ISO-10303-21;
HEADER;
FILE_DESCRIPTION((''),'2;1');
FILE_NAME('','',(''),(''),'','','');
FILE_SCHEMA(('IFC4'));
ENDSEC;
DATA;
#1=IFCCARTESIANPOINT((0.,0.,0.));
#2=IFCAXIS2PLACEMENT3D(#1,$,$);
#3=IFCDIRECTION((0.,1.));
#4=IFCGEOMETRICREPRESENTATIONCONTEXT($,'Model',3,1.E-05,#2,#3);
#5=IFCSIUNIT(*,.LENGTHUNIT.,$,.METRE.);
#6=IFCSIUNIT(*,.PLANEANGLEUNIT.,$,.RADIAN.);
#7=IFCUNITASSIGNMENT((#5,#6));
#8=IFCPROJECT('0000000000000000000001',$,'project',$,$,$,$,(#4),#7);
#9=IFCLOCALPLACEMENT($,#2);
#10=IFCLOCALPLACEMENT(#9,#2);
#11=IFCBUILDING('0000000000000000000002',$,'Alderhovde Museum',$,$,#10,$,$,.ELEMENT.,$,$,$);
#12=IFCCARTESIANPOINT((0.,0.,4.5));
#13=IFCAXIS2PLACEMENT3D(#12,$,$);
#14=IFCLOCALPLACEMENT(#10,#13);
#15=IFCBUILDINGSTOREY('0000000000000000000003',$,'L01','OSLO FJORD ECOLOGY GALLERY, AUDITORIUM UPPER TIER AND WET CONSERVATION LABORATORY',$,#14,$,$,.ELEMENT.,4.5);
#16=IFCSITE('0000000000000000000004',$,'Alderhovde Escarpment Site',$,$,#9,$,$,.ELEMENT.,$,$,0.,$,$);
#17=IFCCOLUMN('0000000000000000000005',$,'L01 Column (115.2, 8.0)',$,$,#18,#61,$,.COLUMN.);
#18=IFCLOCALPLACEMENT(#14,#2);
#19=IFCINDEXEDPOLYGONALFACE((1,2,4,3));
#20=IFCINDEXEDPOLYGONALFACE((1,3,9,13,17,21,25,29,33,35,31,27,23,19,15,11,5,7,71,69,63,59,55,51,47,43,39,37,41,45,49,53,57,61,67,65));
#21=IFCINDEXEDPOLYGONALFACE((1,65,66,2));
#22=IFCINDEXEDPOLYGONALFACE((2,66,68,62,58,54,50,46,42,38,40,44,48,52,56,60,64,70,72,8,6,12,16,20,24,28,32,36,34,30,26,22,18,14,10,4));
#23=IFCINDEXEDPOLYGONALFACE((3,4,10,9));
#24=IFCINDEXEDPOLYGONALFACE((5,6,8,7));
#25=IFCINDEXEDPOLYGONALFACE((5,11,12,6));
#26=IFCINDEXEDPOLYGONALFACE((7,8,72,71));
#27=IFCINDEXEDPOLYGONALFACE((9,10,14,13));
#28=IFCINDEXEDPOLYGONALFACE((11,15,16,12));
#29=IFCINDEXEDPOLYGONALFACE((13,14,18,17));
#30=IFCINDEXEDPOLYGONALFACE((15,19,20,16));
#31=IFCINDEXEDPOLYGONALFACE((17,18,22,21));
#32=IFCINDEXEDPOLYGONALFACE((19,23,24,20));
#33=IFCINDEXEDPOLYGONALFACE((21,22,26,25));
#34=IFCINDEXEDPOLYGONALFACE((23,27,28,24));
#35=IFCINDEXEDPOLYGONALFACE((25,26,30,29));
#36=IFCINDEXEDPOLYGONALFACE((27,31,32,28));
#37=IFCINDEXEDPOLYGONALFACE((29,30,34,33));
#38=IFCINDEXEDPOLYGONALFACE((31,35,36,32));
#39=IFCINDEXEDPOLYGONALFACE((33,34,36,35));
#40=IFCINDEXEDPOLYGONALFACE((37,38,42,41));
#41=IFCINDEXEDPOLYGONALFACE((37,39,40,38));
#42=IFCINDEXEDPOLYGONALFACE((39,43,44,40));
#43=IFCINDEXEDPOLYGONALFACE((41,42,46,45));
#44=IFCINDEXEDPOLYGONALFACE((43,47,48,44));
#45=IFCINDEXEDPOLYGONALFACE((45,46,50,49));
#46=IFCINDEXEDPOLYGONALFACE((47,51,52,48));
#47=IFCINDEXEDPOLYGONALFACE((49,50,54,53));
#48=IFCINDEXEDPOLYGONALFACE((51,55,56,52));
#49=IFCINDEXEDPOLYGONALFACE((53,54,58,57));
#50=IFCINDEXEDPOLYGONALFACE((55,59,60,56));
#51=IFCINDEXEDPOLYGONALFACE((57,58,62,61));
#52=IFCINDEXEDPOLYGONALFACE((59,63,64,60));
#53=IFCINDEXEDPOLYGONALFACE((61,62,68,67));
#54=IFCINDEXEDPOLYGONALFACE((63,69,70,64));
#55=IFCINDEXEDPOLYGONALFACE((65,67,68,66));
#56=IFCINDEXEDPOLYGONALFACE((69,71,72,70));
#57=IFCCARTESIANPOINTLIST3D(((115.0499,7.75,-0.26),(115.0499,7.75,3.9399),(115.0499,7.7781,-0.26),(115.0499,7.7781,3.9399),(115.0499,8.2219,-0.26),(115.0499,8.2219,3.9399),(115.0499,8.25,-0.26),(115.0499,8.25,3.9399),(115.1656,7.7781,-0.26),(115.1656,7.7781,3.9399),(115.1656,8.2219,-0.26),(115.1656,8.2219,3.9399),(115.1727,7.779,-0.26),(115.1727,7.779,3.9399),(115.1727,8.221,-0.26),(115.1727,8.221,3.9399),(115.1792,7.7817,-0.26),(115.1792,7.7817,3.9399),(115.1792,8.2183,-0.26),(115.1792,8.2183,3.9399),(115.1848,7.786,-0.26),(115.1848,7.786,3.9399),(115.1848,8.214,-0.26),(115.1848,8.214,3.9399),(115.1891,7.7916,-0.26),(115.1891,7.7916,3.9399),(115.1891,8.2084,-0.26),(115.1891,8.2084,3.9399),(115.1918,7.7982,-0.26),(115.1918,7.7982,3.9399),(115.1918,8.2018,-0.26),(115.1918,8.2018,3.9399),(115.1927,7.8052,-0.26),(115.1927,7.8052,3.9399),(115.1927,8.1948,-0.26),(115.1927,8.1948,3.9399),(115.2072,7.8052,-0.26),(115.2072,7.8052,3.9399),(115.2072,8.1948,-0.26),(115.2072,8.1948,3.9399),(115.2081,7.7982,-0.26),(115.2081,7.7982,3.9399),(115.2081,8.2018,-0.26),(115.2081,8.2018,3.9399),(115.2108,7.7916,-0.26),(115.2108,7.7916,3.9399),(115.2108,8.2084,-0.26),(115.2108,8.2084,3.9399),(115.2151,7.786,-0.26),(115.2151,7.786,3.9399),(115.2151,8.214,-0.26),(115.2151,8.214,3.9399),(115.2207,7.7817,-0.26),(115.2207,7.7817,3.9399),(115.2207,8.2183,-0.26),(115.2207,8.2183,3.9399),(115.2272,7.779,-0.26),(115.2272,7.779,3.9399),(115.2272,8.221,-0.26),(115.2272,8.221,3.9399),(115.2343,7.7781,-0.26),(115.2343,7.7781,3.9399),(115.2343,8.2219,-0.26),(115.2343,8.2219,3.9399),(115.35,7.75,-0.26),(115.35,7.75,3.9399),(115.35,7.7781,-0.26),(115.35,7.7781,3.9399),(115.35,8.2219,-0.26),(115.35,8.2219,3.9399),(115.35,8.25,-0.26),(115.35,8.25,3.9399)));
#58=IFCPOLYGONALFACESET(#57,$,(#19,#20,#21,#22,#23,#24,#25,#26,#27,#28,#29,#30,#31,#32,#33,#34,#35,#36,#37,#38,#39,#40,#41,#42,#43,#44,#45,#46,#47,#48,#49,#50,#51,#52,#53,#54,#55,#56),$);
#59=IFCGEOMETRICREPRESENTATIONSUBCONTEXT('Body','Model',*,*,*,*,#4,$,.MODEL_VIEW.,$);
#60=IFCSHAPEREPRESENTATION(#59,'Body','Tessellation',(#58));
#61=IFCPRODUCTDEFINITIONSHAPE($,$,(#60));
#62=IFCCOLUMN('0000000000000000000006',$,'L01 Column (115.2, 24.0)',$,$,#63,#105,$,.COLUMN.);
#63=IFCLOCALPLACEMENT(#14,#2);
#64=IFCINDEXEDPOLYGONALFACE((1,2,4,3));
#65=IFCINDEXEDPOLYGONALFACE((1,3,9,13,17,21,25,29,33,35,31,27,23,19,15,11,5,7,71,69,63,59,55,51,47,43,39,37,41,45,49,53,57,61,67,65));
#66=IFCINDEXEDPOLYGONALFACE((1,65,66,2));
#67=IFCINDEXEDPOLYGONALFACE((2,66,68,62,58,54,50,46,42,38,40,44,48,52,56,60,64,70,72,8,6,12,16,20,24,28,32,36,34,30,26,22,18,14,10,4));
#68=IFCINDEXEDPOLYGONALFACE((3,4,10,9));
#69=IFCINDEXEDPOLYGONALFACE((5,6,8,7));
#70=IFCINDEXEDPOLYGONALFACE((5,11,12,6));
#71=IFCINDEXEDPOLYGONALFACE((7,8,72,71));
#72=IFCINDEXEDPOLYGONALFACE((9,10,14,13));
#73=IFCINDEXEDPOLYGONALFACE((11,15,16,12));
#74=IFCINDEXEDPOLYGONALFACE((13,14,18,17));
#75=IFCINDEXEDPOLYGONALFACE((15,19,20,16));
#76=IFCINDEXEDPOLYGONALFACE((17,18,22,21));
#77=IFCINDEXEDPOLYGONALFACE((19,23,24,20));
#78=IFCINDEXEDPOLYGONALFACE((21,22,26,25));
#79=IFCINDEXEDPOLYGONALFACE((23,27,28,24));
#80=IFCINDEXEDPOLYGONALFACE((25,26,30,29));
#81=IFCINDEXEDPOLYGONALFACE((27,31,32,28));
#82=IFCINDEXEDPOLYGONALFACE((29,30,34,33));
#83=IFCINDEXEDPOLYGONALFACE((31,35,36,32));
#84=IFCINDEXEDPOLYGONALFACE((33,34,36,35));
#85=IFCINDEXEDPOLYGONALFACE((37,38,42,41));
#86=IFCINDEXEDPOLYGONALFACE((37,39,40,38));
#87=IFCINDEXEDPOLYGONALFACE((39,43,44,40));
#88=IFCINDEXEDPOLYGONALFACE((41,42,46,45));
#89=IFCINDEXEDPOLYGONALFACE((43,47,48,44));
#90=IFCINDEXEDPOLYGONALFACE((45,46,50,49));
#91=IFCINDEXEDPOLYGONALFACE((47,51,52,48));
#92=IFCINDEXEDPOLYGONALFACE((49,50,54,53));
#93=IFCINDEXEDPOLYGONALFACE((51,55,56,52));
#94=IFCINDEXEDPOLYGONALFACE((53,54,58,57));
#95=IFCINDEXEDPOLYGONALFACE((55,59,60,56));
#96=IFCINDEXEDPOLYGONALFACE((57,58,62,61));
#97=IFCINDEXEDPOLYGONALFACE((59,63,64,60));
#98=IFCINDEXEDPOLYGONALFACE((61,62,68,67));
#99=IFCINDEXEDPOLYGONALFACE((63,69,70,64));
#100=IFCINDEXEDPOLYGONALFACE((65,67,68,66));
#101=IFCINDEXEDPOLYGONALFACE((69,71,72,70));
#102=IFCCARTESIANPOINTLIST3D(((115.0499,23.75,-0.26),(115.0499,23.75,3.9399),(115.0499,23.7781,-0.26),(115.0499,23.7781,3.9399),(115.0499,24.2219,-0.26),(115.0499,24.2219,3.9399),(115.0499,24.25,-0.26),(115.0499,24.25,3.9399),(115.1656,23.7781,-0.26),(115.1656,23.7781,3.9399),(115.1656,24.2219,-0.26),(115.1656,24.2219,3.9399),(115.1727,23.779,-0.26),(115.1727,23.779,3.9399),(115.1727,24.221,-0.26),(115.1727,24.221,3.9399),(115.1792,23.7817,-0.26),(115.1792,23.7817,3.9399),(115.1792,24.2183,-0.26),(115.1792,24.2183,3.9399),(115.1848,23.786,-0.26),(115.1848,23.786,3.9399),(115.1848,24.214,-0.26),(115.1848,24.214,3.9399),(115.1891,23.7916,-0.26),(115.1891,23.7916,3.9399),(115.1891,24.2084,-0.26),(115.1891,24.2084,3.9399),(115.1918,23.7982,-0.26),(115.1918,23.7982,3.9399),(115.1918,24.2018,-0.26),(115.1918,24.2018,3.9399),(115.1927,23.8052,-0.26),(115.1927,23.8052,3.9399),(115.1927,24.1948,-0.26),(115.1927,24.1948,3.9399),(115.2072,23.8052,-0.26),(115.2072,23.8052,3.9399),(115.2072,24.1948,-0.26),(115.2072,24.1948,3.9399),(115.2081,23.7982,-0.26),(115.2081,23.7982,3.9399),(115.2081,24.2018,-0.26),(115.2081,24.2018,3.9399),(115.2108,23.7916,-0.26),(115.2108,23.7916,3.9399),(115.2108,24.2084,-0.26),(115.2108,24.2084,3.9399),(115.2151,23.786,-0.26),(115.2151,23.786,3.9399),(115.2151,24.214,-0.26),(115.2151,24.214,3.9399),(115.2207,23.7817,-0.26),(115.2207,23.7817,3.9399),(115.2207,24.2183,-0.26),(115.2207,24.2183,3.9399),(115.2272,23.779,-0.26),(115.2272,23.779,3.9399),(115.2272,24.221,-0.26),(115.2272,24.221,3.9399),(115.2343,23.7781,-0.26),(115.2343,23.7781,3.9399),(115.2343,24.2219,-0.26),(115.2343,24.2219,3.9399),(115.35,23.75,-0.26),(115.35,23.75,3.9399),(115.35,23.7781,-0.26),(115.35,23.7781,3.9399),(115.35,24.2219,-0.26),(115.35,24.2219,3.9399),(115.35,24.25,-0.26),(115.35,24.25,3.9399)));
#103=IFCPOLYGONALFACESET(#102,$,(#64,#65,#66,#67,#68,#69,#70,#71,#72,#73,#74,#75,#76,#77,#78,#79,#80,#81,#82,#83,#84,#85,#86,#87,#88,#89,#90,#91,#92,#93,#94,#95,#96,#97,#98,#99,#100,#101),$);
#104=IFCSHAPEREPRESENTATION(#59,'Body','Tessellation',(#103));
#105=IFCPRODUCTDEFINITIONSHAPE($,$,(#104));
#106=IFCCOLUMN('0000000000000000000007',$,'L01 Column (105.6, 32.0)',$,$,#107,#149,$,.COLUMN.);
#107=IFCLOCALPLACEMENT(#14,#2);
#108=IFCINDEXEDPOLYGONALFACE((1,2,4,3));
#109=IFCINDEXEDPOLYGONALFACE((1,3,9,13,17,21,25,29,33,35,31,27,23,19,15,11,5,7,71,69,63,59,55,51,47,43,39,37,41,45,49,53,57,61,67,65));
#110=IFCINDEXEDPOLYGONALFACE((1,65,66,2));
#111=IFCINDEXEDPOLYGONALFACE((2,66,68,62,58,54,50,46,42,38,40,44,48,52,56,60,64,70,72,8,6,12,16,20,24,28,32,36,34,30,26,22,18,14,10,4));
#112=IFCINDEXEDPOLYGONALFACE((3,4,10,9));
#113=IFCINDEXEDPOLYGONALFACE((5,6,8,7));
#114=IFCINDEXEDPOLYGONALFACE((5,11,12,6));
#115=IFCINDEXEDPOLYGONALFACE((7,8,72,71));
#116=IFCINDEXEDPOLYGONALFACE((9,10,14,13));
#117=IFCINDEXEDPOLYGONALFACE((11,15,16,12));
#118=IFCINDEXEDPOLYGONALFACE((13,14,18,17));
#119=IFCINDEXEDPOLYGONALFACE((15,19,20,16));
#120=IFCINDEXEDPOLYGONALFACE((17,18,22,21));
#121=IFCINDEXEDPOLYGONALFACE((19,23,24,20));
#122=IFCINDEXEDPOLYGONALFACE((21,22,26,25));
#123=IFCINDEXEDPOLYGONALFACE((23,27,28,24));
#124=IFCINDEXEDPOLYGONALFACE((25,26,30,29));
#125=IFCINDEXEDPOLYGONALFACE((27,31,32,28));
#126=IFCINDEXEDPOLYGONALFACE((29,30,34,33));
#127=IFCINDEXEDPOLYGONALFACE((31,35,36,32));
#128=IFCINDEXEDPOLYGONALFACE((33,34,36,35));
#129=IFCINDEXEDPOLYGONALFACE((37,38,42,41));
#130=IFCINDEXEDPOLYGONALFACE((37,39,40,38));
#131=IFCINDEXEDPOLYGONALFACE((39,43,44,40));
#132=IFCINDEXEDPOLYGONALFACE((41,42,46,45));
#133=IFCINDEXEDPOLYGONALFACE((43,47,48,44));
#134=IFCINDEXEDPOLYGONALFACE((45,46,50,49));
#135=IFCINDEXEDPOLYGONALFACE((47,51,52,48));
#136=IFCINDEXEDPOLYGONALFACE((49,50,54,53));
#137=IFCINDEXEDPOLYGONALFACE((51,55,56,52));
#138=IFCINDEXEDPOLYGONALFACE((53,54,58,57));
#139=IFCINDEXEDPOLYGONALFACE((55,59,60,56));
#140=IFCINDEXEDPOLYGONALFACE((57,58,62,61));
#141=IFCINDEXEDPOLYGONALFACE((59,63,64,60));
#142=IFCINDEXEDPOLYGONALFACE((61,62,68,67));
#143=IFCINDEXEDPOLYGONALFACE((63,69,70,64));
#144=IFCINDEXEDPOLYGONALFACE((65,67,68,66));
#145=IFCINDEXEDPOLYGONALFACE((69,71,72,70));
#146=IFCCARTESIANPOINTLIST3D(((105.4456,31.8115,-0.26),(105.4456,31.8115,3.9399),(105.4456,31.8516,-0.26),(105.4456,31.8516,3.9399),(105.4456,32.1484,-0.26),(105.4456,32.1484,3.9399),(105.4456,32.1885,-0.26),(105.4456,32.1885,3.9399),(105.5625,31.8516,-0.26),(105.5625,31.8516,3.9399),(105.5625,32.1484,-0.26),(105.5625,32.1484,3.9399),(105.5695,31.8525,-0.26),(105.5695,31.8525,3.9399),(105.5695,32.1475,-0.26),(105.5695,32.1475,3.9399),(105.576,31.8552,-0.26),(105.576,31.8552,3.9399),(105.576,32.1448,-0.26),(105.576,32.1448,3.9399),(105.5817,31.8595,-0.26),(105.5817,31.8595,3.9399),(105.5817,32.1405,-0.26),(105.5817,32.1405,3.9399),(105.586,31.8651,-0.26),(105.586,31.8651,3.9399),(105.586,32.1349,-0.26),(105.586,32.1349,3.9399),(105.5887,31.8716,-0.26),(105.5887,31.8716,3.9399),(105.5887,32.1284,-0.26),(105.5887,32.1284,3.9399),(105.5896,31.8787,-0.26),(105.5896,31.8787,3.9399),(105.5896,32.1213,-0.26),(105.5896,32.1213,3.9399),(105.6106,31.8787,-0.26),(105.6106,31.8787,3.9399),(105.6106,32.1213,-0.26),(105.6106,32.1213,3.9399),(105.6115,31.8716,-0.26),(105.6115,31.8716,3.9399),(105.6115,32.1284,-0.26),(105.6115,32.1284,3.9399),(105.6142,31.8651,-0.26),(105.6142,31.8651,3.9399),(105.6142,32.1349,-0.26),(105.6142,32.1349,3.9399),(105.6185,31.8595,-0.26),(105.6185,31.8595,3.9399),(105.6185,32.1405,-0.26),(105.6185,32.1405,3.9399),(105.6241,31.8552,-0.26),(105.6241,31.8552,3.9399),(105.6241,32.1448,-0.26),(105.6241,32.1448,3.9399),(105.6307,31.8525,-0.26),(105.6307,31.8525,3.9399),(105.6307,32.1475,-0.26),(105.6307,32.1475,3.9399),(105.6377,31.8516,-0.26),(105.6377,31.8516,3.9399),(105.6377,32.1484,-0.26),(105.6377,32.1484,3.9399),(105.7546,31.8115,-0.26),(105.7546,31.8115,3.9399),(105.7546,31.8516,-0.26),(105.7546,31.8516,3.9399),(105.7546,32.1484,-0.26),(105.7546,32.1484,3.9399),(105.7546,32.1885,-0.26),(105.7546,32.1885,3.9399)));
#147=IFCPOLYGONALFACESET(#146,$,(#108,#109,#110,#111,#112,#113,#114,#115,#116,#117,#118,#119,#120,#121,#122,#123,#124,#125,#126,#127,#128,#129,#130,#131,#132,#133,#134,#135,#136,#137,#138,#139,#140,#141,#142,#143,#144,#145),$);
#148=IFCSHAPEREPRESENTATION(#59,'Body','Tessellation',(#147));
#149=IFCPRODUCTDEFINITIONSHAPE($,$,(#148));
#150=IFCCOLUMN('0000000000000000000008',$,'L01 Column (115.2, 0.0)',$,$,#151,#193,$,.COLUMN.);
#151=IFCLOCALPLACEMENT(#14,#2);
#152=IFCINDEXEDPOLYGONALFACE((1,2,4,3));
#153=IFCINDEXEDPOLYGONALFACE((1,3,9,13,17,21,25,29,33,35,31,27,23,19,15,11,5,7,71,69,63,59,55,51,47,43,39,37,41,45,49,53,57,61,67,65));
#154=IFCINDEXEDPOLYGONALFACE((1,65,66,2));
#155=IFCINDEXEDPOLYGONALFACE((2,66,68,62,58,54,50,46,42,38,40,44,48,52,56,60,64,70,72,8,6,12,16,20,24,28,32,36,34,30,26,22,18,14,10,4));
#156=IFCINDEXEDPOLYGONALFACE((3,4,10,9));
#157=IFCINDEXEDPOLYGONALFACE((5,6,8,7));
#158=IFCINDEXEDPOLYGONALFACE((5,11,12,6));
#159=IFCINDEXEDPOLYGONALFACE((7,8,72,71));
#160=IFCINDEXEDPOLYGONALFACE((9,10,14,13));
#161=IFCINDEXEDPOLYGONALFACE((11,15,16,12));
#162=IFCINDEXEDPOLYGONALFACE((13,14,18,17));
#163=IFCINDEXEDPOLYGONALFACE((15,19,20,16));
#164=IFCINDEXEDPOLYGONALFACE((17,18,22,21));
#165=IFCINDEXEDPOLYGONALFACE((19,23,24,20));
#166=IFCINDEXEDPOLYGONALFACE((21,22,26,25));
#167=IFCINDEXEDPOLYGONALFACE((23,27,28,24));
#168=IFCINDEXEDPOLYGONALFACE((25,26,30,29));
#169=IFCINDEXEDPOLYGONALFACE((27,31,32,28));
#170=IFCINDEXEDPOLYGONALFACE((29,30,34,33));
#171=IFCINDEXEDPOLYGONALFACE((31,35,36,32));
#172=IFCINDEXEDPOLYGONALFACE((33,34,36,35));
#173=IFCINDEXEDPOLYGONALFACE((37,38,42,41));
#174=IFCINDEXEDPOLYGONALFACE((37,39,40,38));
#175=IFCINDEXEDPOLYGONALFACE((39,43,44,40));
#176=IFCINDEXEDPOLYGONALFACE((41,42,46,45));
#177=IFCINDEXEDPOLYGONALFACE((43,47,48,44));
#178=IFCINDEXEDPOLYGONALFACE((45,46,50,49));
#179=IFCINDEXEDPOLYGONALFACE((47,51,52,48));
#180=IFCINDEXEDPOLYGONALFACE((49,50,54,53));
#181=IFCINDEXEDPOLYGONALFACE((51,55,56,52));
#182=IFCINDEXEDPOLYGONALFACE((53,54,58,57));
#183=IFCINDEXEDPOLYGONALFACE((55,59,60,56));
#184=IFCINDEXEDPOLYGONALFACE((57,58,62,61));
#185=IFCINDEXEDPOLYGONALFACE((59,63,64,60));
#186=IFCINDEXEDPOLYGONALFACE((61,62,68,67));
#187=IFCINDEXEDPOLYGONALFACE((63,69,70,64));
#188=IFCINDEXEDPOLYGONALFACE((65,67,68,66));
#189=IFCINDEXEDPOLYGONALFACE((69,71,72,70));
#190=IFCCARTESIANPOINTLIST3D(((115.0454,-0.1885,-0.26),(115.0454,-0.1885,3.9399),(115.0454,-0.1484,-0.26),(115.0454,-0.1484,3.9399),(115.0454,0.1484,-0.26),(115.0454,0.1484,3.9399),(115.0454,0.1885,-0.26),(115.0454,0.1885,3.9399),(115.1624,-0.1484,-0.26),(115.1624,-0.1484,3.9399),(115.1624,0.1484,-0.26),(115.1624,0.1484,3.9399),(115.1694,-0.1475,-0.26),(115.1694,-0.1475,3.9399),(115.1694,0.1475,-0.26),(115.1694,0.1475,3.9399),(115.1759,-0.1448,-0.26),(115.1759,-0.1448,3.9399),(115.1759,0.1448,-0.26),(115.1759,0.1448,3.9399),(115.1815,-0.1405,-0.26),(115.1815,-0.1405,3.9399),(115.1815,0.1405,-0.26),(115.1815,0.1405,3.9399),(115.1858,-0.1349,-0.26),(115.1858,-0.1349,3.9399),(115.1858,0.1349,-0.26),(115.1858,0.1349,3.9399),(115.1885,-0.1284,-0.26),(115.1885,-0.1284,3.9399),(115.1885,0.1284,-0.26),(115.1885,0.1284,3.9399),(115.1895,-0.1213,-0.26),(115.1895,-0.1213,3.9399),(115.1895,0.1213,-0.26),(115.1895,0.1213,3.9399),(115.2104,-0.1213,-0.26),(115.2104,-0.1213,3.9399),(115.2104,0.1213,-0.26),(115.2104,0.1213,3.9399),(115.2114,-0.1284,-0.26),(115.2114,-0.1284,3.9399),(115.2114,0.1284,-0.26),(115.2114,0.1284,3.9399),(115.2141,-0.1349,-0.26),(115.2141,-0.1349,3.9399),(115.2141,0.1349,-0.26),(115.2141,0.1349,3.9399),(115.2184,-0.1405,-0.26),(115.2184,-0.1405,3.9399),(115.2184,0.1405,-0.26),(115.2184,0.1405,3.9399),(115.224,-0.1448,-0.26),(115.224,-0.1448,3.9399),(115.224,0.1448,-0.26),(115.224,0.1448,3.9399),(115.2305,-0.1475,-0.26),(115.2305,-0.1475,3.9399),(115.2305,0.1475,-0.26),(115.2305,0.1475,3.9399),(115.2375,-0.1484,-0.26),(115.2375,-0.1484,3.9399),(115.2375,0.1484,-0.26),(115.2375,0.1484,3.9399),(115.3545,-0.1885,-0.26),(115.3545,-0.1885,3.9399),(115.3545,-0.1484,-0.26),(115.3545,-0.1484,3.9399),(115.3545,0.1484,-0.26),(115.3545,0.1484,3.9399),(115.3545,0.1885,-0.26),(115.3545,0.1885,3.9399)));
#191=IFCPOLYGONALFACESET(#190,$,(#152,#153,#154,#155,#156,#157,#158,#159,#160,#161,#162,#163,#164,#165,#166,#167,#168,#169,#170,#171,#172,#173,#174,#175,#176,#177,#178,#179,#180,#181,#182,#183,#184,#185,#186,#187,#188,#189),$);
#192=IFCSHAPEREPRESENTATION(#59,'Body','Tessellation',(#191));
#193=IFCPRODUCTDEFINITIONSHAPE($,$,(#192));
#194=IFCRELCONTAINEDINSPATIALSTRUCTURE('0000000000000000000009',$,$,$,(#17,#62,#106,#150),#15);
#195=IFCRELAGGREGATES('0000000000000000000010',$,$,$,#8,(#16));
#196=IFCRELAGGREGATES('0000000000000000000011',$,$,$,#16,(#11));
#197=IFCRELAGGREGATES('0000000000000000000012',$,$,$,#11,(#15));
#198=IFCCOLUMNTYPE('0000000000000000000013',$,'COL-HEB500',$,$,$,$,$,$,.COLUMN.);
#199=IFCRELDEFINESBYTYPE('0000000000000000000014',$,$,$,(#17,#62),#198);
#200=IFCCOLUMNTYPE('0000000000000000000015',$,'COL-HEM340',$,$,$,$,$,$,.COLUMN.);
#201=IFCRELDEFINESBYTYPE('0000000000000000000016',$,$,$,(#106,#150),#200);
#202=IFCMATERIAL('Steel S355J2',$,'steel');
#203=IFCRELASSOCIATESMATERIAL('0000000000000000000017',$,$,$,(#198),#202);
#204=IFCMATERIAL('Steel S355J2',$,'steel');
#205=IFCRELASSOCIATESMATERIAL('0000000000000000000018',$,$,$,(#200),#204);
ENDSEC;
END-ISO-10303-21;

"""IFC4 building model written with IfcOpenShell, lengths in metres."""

from ifc_helpers import new_model, si_unit, direction, frame, origin, origin_2d, place, context, subcontext, project, spatial, i_section, extrude, material, material_profile, profile_set, type_object, element, save


model = new_model("IFC4")

# Units and contexts
model_context = context("Model", 3, precision=1e-05, world=origin(), true_north=direction((0.0, 1.0)))
body_context = subcontext(model_context, "Body", "Model", "MODEL_VIEW")
ifc_project = project(units=[si_unit("LENGTHUNIT", "METRE"), si_unit("PLANEANGLEUNIT", "RADIAN")], contexts=[model_context])

# Site, building, storey
site_placement = place(None, origin())
site = spatial("IfcSite", under=ifc_project, at=site_placement, Name="Alderhovde Escarpment Site", CompositionType="ELEMENT", RefElevation=0.0)
building_placement = place(site_placement, origin())
building = spatial("IfcBuilding", under=site, at=building_placement, Name="Alderhovde Museum", CompositionType="ELEMENT")
storey_placement = place(building_placement, frame((0.0, 0.0, 4.5)))
storey = spatial("IfcBuildingStorey", under=building, at=storey_placement, Name="L01", Description="OSLO FJORD ECOLOGY GALLERY, AUDITORIUM UPPER TIER AND WET CONSERVATION LABORATORY", CompositionType="ELEMENT", Elevation=4.5)

# Columns
ifc_material_1 = material(Name="Steel S355J2", Category="steel")
ifc_material_profile_1 = material_profile(ifc_material_1, i_section(OverallWidth=0.3, OverallDepth=0.5, WebThickness=0.0144, FlangeThickness=0.0281, FilletRadius=0.0271, at=origin_2d()), Name="HEB 500")
ifc_profile_set_1 = profile_set([ifc_material_profile_1], Name="Steel S355J2")
column_type_1 = type_object("IfcColumnType", Name="COL-HEB500", PredefinedType="COLUMN", material=ifc_profile_set_1)
for number, where, z_axis, x_axis, name in (
    (1, (115.2, 8.0, -0.26), (0.0, 0.0, 1.0), (1.0, 0.0, 0.0), "L01 Column (115.2, 8.0)"),
    (2, (115.2, 24.0, -0.26), (0.0, 0.0, 1.0), (1.0, 0.0, 0.0), "L01 Column (115.2, 24.0)"),
):
    element("IfcColumn", number, at=place(storey_placement, frame(where, z_axis=z_axis, x_axis=x_axis)), inside=storey, type_object=column_type_1, Name=name, PredefinedType="COLUMN", context=body_context, shape_type="SweptSolid", body=[
        extrude(i_section(OverallWidth=0.3, OverallDepth=0.5, WebThickness=0.0144, FlangeThickness=0.0281, FilletRadius=0.0271, at=origin_2d()), origin(), (0.0, 0.0, 1.0), 4.2),
    ])
ifc_material_2 = material(Name="Steel S355J2", Category="steel")
ifc_material_profile_2 = material_profile(ifc_material_2, i_section(OverallWidth=0.3091, OverallDepth=0.377, WebThickness=0.021, FlangeThickness=0.04, FilletRadius=0.0271, at=origin_2d()), Name="HEM 340")
ifc_profile_set_2 = profile_set([ifc_material_profile_2], Name="Steel S355J2")
column_type_2 = type_object("IfcColumnType", Name="COL-HEM340", PredefinedType="COLUMN", material=ifc_profile_set_2)
for number, where, z_axis, x_axis, name in (
    (3, (105.6001, 32.0, -0.26), (0.0, 0.0, 1.0), (1.0, 0.0, 0.0), "L01 Column (105.6, 32.0)"),
    (4, (115.2, 0.0, -0.26), (0.0, 0.0, 1.0), (1.0, 0.0, 0.0), "L01 Column (115.2, 0.0)"),
):
    element("IfcColumn", number, at=place(storey_placement, frame(where, z_axis=z_axis, x_axis=x_axis)), inside=storey, type_object=column_type_2, Name=name, PredefinedType="COLUMN", context=body_context, shape_type="SweptSolid", body=[
        extrude(i_section(OverallWidth=0.3091, OverallDepth=0.377, WebThickness=0.021, FlangeThickness=0.04, FilletRadius=0.0271, at=origin_2d()), origin(), (0.0, 0.0, 1.0), 4.2),
    ])

save(model, "model.ifc")
